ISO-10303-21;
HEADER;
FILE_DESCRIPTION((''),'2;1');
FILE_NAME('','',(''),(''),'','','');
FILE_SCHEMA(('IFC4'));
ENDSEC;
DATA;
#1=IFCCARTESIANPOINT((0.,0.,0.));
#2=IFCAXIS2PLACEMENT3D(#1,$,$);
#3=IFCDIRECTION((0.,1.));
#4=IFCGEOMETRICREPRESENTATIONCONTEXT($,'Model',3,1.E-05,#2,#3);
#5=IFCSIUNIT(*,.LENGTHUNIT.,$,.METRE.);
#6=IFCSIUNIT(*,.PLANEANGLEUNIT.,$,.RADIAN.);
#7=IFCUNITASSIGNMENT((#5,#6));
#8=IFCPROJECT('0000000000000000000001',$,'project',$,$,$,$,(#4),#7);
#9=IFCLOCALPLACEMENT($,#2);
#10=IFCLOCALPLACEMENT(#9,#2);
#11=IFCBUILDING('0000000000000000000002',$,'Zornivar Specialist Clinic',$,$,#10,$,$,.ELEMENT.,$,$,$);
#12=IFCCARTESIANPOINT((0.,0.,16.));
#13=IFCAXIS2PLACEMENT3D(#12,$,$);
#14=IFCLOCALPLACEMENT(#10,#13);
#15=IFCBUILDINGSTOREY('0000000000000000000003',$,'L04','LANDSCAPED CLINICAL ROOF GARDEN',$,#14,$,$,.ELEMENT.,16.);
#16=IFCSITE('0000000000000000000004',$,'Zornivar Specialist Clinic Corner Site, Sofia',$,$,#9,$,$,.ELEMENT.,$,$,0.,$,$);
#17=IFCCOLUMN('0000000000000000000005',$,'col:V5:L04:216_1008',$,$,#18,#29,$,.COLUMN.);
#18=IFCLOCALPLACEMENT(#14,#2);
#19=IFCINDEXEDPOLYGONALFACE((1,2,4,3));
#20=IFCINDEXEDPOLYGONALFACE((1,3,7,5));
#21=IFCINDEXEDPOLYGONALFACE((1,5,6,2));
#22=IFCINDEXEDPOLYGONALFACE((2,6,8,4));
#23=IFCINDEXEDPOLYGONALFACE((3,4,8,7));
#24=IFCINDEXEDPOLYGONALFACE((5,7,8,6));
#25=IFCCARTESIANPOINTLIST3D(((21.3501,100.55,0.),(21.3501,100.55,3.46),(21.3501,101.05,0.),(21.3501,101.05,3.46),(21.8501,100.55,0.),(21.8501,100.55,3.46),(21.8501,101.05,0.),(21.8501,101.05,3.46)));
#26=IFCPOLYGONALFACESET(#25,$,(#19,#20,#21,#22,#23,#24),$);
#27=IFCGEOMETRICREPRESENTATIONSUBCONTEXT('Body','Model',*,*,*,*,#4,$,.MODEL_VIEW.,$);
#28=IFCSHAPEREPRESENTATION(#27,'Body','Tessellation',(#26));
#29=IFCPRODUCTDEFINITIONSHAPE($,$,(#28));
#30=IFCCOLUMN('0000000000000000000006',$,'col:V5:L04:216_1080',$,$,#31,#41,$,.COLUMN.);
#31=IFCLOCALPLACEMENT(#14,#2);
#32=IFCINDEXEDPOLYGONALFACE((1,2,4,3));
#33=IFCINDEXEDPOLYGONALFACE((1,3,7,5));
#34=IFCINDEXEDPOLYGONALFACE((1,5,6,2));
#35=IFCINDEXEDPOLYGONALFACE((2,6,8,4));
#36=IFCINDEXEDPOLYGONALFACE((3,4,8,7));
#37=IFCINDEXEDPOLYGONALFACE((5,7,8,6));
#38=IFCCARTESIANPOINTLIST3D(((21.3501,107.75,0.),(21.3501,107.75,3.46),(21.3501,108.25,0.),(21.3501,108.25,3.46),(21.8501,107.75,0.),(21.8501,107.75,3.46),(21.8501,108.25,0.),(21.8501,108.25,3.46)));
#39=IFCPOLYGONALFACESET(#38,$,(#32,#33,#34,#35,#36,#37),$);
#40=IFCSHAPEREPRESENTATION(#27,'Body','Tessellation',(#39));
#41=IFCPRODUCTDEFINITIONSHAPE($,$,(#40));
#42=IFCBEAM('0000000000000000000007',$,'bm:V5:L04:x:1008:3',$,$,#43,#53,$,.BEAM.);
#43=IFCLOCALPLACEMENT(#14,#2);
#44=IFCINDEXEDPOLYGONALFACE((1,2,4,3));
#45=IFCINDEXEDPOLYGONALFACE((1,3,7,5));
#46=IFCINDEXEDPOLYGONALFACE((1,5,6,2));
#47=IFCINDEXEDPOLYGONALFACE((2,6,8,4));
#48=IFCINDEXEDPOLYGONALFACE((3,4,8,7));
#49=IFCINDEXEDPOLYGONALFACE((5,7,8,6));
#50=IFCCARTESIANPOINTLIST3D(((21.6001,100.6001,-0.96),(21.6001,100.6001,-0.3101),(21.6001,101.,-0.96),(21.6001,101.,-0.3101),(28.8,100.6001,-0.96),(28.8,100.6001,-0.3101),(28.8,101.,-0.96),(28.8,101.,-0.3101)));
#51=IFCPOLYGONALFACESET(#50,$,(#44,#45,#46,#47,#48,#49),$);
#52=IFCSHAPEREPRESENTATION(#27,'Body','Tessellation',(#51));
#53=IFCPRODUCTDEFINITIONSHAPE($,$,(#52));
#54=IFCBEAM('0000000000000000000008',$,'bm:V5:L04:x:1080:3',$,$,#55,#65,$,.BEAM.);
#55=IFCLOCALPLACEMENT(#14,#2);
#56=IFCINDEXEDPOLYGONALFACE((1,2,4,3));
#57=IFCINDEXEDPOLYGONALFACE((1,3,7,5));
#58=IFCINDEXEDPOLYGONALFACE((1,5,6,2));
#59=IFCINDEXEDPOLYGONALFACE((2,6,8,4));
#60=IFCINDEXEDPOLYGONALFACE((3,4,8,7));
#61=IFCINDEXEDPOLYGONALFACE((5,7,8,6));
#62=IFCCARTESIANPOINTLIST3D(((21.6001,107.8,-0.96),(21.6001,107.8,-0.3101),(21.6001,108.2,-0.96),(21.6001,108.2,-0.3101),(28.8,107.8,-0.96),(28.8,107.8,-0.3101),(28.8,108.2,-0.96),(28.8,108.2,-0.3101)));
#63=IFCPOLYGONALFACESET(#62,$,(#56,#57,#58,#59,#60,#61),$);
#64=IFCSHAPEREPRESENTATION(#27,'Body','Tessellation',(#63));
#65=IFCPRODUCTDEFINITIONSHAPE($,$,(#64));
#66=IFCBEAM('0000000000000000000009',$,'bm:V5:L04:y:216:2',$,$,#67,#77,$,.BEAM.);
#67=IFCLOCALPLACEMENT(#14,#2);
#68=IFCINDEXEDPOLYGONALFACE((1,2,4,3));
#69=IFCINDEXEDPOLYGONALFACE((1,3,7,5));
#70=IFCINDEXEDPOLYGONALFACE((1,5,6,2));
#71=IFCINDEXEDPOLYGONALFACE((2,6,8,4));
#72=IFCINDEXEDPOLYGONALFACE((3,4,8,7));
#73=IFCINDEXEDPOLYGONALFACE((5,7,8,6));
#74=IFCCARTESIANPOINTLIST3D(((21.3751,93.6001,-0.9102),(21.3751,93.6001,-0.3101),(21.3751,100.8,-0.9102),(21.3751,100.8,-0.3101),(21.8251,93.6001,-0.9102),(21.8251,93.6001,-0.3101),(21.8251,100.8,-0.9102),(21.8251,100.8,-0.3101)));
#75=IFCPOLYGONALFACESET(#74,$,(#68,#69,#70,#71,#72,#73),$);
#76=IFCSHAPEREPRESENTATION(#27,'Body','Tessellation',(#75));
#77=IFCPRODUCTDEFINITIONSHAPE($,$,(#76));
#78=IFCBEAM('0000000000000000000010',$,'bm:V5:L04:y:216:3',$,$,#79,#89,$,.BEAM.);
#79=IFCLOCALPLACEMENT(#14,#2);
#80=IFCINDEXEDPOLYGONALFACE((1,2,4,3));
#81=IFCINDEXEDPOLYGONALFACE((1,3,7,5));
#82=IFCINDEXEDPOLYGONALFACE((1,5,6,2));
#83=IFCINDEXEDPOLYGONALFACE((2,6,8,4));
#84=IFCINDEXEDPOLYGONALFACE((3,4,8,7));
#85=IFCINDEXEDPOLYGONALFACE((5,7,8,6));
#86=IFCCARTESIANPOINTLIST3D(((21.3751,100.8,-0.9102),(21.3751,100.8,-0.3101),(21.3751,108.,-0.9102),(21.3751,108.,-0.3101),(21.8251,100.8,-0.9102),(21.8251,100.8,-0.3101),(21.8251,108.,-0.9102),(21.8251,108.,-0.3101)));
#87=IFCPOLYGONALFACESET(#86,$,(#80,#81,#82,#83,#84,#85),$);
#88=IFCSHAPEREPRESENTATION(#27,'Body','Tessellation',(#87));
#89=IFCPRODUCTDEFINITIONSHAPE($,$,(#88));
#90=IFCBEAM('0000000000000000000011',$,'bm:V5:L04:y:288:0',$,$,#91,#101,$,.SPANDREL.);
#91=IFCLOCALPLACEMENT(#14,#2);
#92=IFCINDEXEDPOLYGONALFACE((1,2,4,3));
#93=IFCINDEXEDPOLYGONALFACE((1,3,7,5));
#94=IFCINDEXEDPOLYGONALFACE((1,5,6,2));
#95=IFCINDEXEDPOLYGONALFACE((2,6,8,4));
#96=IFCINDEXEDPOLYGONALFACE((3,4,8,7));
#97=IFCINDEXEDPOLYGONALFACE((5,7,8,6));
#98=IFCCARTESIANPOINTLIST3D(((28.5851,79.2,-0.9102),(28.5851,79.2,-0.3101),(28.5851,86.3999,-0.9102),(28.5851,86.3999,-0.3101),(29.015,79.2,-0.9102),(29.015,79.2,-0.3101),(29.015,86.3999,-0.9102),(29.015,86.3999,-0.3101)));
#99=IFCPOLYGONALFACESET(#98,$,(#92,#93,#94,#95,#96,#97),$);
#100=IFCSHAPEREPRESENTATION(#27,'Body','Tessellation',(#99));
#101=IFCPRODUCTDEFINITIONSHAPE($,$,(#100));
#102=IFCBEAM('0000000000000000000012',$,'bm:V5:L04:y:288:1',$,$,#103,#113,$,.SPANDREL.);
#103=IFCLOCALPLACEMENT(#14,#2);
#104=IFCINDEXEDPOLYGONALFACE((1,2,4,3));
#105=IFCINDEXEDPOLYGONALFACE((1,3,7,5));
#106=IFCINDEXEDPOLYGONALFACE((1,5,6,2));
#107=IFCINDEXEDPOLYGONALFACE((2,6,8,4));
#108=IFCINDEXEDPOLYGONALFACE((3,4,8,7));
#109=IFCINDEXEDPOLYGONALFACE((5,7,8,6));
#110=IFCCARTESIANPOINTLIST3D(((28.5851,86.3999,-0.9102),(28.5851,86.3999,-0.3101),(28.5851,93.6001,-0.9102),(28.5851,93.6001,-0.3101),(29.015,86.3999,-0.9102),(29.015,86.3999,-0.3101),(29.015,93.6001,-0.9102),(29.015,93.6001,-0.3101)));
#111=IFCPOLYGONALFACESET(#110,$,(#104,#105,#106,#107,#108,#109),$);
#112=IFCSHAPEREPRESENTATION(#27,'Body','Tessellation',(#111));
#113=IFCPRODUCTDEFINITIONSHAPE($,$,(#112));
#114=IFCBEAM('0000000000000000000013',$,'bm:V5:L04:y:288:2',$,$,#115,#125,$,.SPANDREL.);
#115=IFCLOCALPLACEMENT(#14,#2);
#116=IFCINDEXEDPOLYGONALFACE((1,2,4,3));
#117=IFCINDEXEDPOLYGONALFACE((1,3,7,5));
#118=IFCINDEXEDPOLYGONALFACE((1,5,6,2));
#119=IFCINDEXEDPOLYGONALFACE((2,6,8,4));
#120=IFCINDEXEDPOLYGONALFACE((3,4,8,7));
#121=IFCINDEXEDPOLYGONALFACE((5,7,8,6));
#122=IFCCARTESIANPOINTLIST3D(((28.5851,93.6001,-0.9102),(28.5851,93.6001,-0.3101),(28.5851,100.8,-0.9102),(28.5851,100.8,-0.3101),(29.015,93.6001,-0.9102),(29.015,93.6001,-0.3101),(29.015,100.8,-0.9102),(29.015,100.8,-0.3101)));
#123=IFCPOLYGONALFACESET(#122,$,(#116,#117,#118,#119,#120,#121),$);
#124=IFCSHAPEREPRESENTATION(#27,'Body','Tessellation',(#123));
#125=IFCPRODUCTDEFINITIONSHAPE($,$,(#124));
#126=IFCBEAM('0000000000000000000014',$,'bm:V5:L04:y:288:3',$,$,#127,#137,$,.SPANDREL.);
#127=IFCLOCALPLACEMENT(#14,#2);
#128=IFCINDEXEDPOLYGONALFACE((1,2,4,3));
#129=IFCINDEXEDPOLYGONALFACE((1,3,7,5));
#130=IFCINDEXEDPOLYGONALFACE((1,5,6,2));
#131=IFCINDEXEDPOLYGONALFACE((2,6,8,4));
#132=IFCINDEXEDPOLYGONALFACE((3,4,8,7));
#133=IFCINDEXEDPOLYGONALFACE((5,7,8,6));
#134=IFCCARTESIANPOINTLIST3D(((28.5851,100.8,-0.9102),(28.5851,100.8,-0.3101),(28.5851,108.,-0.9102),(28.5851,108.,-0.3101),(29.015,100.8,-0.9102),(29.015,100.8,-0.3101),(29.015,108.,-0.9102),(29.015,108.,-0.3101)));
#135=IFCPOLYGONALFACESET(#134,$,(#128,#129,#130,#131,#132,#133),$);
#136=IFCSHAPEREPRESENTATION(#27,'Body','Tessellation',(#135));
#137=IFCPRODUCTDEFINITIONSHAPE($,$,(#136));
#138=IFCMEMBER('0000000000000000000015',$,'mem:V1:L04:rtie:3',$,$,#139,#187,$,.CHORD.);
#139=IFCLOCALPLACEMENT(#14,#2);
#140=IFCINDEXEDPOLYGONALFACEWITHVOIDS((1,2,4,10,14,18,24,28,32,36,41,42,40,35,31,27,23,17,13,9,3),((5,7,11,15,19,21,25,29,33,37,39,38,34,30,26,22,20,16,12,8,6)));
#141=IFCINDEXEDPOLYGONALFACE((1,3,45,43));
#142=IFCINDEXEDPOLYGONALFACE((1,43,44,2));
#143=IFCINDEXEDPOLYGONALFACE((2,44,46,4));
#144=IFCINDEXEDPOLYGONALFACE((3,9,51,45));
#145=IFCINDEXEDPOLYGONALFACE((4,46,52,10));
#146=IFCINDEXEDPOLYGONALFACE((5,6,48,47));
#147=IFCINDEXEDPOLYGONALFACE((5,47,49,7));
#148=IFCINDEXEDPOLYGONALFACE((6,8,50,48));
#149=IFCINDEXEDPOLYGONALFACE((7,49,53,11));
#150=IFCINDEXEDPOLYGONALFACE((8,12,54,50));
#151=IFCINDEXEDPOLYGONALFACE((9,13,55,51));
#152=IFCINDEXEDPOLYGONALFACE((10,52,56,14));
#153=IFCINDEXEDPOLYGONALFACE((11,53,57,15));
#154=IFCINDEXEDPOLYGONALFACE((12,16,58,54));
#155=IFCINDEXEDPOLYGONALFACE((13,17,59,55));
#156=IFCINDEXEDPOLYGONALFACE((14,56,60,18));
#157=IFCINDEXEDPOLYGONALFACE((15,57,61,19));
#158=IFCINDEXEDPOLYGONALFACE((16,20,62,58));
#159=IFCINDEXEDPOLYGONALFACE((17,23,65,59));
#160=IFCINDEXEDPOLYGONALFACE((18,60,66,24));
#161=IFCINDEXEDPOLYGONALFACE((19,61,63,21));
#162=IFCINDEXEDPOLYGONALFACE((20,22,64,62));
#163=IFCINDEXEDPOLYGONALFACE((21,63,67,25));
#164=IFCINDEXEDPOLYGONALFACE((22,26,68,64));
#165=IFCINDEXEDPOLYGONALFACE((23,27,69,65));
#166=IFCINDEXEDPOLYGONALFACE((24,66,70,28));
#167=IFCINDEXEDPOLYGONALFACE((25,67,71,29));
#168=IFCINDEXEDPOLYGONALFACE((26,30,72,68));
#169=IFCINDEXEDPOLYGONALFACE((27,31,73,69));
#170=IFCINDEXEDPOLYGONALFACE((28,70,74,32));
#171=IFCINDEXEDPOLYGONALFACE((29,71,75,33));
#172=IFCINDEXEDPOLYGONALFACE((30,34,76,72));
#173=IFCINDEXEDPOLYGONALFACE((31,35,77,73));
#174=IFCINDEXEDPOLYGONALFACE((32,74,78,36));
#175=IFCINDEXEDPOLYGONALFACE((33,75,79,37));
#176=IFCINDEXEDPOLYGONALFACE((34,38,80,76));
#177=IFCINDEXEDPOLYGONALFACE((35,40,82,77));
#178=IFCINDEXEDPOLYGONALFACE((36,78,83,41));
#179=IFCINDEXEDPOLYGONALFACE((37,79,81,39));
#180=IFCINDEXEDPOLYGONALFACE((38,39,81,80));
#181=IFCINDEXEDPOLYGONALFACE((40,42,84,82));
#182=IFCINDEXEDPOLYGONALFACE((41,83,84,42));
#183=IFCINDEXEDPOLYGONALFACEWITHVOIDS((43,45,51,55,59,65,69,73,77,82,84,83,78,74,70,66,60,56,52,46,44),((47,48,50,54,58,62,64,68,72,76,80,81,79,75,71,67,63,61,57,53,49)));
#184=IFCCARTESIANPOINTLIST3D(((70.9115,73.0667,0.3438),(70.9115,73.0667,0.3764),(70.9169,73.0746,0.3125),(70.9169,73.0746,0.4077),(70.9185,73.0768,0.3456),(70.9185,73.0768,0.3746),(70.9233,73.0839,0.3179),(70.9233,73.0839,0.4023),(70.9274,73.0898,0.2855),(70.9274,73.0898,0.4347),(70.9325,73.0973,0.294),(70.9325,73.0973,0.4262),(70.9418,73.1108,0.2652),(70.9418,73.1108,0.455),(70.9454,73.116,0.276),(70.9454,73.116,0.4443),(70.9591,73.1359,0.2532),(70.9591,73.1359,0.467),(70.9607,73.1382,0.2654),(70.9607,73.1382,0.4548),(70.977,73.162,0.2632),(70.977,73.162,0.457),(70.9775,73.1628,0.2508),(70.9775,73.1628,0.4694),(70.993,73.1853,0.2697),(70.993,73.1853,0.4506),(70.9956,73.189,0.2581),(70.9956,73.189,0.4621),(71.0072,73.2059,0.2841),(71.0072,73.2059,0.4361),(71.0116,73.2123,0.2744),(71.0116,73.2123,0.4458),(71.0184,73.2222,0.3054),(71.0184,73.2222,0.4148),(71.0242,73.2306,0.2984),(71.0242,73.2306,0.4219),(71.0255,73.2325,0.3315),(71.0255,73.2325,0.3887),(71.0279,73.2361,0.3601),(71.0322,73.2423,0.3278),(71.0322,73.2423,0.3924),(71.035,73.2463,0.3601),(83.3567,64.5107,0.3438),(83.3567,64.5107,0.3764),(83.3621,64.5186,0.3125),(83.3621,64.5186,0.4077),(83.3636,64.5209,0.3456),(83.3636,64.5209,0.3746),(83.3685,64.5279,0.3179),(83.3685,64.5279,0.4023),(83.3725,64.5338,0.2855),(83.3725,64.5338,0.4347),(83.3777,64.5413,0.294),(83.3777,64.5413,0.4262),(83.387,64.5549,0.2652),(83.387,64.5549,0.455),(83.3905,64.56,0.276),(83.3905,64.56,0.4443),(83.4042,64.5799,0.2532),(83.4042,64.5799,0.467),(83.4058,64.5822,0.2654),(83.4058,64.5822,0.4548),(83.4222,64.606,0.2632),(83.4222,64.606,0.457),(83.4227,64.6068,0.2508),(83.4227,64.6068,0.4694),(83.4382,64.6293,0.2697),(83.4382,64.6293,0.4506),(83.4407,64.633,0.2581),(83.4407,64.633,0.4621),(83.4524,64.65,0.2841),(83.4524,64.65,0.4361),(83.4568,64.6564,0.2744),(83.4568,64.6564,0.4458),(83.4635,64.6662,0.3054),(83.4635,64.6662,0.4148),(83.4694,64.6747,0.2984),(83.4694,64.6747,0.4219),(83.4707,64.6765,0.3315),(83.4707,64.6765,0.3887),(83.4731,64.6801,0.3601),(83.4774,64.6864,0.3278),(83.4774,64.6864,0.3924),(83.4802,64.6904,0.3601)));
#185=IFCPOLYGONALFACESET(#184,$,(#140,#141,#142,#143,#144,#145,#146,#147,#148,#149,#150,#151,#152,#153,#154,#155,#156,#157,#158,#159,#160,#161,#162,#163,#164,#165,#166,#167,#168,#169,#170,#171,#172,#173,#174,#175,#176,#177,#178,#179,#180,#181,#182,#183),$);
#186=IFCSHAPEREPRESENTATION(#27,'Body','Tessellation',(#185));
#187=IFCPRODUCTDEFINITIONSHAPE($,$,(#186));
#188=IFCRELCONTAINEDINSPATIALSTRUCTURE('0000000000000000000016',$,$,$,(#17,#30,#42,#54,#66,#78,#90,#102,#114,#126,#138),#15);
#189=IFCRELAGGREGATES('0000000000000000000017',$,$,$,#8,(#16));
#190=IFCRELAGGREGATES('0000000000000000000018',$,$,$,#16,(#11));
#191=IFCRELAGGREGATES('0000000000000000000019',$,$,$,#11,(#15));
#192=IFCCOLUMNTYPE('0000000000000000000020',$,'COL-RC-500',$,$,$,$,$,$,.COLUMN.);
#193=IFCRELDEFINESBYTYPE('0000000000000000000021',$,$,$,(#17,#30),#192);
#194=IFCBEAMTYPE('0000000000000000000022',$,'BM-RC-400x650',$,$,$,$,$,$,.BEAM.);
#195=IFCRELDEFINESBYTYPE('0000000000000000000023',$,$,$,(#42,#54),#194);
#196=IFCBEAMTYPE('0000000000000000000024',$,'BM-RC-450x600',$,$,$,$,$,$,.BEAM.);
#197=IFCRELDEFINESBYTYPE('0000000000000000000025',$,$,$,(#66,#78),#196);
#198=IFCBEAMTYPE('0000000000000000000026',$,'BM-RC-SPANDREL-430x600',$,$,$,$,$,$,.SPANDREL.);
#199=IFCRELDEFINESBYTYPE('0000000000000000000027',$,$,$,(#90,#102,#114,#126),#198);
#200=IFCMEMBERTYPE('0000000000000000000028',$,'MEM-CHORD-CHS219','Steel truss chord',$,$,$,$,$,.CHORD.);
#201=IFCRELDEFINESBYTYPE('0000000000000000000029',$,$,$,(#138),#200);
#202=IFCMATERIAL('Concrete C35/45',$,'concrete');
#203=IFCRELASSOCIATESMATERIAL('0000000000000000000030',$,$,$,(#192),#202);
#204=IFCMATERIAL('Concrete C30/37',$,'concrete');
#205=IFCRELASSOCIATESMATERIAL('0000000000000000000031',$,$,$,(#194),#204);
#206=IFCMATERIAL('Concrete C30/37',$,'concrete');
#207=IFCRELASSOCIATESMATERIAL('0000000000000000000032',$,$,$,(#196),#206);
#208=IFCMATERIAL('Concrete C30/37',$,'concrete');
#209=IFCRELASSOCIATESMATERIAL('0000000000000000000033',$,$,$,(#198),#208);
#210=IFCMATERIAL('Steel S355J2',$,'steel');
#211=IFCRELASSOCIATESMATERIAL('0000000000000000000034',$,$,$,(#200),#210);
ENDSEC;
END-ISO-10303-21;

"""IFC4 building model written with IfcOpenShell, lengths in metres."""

from ifc_helpers import new_model, si_unit, direction, frame, origin, origin_2d, place, context, subcontext, project, spatial, rectangle, hollow_circle, extrude, material, material_profile, profile_set, type_object, element, save


model = new_model("IFC4")

# Units and contexts
model_context = context("Model", 3, precision=1e-05, world=origin(), true_north=direction((0.0, 1.0)))
body_context = subcontext(model_context, "Body", "Model", "MODEL_VIEW")
ifc_project = project(units=[si_unit("LENGTHUNIT", "METRE"), si_unit("PLANEANGLEUNIT", "RADIAN")], contexts=[model_context])

# Site, building, storey
site_placement = place(None, origin())
site = spatial("IfcSite", under=ifc_project, at=site_placement, Name="Zornivar Specialist Clinic Corner Site, Sofia", CompositionType="ELEMENT", RefElevation=0.0)
building_placement = place(site_placement, origin())
building = spatial("IfcBuilding", under=site, at=building_placement, Name="Zornivar Specialist Clinic", CompositionType="ELEMENT")
storey_placement = place(building_placement, frame((0.0, 0.0, 16.0)))
storey = spatial("IfcBuildingStorey", under=building, at=storey_placement, Name="L04", Description="LANDSCAPED CLINICAL ROOF GARDEN", CompositionType="ELEMENT", Elevation=16.0)

# Columns
ifc_material_1 = material(Name="Concrete C35/45", Category="concrete")
ifc_material_profile_1 = material_profile(ifc_material_1, rectangle(XDim=0.5, YDim=0.5, at=origin_2d()), Name="RC 500x500")
ifc_profile_set_1 = profile_set([ifc_material_profile_1], Name="Concrete C35/45")
column_type = type_object("IfcColumnType", Name="COL-RC-500", PredefinedType="COLUMN", material=ifc_profile_set_1)
for number, where, z_axis, x_axis, name in (
    (1, (21.6001, 100.8, 0.0), (0.0, 0.0, 1.0), (1.0, 0.0, 0.0), "col:V5:L04:216_1008"),
    (2, (21.6001, 108.0, 0.0), (0.0, 0.0, 1.0), (1.0, 0.0, 0.0), "col:V5:L04:216_1080"),
):
    element("IfcColumn", number, at=place(storey_placement, frame(where, z_axis=z_axis, x_axis=x_axis)), inside=storey, type_object=column_type, Name=name, PredefinedType="COLUMN", context=body_context, shape_type="SweptSolid", body=[
        extrude(rectangle(XDim=0.5, YDim=0.5, at=origin_2d()), origin(), (0.0, 0.0, 1.0), 3.46),
    ])

# Beams
ifc_material_2 = material(Name="Concrete C30/37", Category="concrete")
ifc_material_profile_2 = material_profile(ifc_material_2, rectangle(XDim=0.3999, YDim=0.6499, at=origin_2d()), Name="RC 400x650")
ifc_profile_set_2 = profile_set([ifc_material_profile_2], Name="Concrete C30/37")
beam_type_1 = type_object("IfcBeamType", Name="BM-RC-400x650", PredefinedType="BEAM", material=ifc_profile_set_2)
for number, where, z_axis, x_axis, name in (
    (3, (21.6001, 100.8, -0.635), (1.0, 0.0, 0.0), (0.0, 1.0, 0.0), "bm:V5:L04:x:1008:3"),
    (4, (21.6001, 108.0, -0.635), (1.0, 0.0, 0.0), (0.0, 1.0, 0.0), "bm:V5:L04:x:1080:3"),
):
    element("IfcBeam", number, at=place(storey_placement, frame(where, z_axis=z_axis, x_axis=x_axis)), inside=storey, type_object=beam_type_1, Name=name, PredefinedType="BEAM", context=body_context, shape_type="SweptSolid", body=[
        extrude(rectangle(XDim=0.3999, YDim=0.6499, at=origin_2d()), origin(), (0.0, 0.0, 1.0), 7.2),
    ])
ifc_material_3 = material(Name="Concrete C30/37", Category="concrete")
ifc_material_profile_3 = material_profile(ifc_material_3, rectangle(XDim=0.45, YDim=0.6001, at=origin_2d()), Name="RC 450x600")
ifc_profile_set_3 = profile_set([ifc_material_profile_3], Name="Concrete C30/37")
beam_type_2 = type_object("IfcBeamType", Name="BM-RC-450x600", PredefinedType="BEAM", material=ifc_profile_set_3)
for number, where, z_axis, x_axis, name in (
    (5, (21.6001, 93.6001, -0.6101), (0.0, 1.0, 0.0), (-1.0, 0.0, 0.0), "bm:V5:L04:y:216:2"),
    (6, (21.6001, 100.8, -0.6101), (0.0, 1.0, 0.0), (-1.0, 0.0, 0.0), "bm:V5:L04:y:216:3"),
):
    element("IfcBeam", number, at=place(storey_placement, frame(where, z_axis=z_axis, x_axis=x_axis)), inside=storey, type_object=beam_type_2, Name=name, PredefinedType="BEAM", context=body_context, shape_type="SweptSolid", body=[
        extrude(rectangle(XDim=0.45, YDim=0.6001, at=origin_2d()), origin(), (0.0, 0.0, 1.0), 7.2),
    ])
ifc_material_4 = material(Name="Concrete C30/37", Category="concrete")
ifc_material_profile_4 = material_profile(ifc_material_4, rectangle(XDim=0.4299, YDim=0.6001, at=origin_2d()), Name="RC 430x600")
ifc_profile_set_4 = profile_set([ifc_material_profile_4], Name="Concrete C30/37")
beam_type_3 = type_object("IfcBeamType", Name="BM-RC-SPANDREL-430x600", PredefinedType="SPANDREL", material=ifc_profile_set_4)
beam_1_placement = place(storey_placement, frame((28.8, 79.2, -0.6101), z_axis=(0.0, 1.0, 0.0), x_axis=(-1.0, 0.0, 0.0)))
element("IfcBeam", 7, at=beam_1_placement, inside=storey, type_object=beam_type_3, Name="bm:V5:L04:y:288:0", PredefinedType="SPANDREL", context=body_context, shape_type="SweptSolid", body=[
    extrude(rectangle(XDim=0.4299, YDim=0.6001, at=origin_2d()), origin(), (0.0, 0.0, 1.0), 7.2),
])
beam_2_placement = place(storey_placement, frame((28.8, 86.3999, -0.6101), z_axis=(0.0, 1.0, 0.0), x_axis=(-1.0, 0.0, 0.0)))
element("IfcBeam", 8, at=beam_2_placement, inside=storey, type_object=beam_type_3, Name="bm:V5:L04:y:288:1", PredefinedType="SPANDREL", context=body_context, shape_type="SweptSolid", body=[
    extrude(rectangle(XDim=0.4299, YDim=0.6001, at=origin_2d()), origin(), (0.0, 0.0, 1.0), 7.2002),
])
for number, where, z_axis, x_axis, name in (
    (9, (28.8, 93.6001, -0.6101), (0.0, 1.0, 0.0), (-1.0, 0.0, 0.0), "bm:V5:L04:y:288:2"),
    (10, (28.8, 100.8, -0.6101), (0.0, 1.0, 0.0), (-1.0, 0.0, 0.0), "bm:V5:L04:y:288:3"),
):
    element("IfcBeam", number, at=place(storey_placement, frame(where, z_axis=z_axis, x_axis=x_axis)), inside=storey, type_object=beam_type_3, Name=name, PredefinedType="SPANDREL", context=body_context, shape_type="SweptSolid", body=[
        extrude(rectangle(XDim=0.4299, YDim=0.6001, at=origin_2d()), origin(), (0.0, 0.0, 1.0), 7.2),
    ])

# Member
ifc_material_5 = material(Name="Steel S355J2", Category="steel")
ifc_material_profile_5 = material_profile(ifc_material_5, hollow_circle(Radius=0.1096, WallThickness=0.0125, at=origin_2d()), Name="CHS 219.1x12.5")
ifc_profile_set_5 = profile_set([ifc_material_profile_5], Name="Steel S355J2")
member_type_1 = type_object("IfcMemberType", Name="MEM-CHORD-CHS219", Description="Steel truss chord", PredefinedType="CHORD", material=ifc_profile_set_5)
member_1_placement = place(storey_placement, frame((70.9729, 73.156, 0.3601), z_axis=(0.824044, -0.566525, 0.0), x_axis=(0.566525, 0.824044, 0.0)))
element("IfcMember", 11, at=member_1_placement, inside=storey, type_object=member_type_1, Name="mem:V1:L04:rtie:3", PredefinedType="CHORD", context=body_context, shape_type="SweptSolid", body=[
    extrude(hollow_circle(Radius=0.1096, WallThickness=0.0125, at=origin_2d()), origin(), (0.0, 0.0, 1.0), 15.1025),
])

save(model, "model.ifc")
